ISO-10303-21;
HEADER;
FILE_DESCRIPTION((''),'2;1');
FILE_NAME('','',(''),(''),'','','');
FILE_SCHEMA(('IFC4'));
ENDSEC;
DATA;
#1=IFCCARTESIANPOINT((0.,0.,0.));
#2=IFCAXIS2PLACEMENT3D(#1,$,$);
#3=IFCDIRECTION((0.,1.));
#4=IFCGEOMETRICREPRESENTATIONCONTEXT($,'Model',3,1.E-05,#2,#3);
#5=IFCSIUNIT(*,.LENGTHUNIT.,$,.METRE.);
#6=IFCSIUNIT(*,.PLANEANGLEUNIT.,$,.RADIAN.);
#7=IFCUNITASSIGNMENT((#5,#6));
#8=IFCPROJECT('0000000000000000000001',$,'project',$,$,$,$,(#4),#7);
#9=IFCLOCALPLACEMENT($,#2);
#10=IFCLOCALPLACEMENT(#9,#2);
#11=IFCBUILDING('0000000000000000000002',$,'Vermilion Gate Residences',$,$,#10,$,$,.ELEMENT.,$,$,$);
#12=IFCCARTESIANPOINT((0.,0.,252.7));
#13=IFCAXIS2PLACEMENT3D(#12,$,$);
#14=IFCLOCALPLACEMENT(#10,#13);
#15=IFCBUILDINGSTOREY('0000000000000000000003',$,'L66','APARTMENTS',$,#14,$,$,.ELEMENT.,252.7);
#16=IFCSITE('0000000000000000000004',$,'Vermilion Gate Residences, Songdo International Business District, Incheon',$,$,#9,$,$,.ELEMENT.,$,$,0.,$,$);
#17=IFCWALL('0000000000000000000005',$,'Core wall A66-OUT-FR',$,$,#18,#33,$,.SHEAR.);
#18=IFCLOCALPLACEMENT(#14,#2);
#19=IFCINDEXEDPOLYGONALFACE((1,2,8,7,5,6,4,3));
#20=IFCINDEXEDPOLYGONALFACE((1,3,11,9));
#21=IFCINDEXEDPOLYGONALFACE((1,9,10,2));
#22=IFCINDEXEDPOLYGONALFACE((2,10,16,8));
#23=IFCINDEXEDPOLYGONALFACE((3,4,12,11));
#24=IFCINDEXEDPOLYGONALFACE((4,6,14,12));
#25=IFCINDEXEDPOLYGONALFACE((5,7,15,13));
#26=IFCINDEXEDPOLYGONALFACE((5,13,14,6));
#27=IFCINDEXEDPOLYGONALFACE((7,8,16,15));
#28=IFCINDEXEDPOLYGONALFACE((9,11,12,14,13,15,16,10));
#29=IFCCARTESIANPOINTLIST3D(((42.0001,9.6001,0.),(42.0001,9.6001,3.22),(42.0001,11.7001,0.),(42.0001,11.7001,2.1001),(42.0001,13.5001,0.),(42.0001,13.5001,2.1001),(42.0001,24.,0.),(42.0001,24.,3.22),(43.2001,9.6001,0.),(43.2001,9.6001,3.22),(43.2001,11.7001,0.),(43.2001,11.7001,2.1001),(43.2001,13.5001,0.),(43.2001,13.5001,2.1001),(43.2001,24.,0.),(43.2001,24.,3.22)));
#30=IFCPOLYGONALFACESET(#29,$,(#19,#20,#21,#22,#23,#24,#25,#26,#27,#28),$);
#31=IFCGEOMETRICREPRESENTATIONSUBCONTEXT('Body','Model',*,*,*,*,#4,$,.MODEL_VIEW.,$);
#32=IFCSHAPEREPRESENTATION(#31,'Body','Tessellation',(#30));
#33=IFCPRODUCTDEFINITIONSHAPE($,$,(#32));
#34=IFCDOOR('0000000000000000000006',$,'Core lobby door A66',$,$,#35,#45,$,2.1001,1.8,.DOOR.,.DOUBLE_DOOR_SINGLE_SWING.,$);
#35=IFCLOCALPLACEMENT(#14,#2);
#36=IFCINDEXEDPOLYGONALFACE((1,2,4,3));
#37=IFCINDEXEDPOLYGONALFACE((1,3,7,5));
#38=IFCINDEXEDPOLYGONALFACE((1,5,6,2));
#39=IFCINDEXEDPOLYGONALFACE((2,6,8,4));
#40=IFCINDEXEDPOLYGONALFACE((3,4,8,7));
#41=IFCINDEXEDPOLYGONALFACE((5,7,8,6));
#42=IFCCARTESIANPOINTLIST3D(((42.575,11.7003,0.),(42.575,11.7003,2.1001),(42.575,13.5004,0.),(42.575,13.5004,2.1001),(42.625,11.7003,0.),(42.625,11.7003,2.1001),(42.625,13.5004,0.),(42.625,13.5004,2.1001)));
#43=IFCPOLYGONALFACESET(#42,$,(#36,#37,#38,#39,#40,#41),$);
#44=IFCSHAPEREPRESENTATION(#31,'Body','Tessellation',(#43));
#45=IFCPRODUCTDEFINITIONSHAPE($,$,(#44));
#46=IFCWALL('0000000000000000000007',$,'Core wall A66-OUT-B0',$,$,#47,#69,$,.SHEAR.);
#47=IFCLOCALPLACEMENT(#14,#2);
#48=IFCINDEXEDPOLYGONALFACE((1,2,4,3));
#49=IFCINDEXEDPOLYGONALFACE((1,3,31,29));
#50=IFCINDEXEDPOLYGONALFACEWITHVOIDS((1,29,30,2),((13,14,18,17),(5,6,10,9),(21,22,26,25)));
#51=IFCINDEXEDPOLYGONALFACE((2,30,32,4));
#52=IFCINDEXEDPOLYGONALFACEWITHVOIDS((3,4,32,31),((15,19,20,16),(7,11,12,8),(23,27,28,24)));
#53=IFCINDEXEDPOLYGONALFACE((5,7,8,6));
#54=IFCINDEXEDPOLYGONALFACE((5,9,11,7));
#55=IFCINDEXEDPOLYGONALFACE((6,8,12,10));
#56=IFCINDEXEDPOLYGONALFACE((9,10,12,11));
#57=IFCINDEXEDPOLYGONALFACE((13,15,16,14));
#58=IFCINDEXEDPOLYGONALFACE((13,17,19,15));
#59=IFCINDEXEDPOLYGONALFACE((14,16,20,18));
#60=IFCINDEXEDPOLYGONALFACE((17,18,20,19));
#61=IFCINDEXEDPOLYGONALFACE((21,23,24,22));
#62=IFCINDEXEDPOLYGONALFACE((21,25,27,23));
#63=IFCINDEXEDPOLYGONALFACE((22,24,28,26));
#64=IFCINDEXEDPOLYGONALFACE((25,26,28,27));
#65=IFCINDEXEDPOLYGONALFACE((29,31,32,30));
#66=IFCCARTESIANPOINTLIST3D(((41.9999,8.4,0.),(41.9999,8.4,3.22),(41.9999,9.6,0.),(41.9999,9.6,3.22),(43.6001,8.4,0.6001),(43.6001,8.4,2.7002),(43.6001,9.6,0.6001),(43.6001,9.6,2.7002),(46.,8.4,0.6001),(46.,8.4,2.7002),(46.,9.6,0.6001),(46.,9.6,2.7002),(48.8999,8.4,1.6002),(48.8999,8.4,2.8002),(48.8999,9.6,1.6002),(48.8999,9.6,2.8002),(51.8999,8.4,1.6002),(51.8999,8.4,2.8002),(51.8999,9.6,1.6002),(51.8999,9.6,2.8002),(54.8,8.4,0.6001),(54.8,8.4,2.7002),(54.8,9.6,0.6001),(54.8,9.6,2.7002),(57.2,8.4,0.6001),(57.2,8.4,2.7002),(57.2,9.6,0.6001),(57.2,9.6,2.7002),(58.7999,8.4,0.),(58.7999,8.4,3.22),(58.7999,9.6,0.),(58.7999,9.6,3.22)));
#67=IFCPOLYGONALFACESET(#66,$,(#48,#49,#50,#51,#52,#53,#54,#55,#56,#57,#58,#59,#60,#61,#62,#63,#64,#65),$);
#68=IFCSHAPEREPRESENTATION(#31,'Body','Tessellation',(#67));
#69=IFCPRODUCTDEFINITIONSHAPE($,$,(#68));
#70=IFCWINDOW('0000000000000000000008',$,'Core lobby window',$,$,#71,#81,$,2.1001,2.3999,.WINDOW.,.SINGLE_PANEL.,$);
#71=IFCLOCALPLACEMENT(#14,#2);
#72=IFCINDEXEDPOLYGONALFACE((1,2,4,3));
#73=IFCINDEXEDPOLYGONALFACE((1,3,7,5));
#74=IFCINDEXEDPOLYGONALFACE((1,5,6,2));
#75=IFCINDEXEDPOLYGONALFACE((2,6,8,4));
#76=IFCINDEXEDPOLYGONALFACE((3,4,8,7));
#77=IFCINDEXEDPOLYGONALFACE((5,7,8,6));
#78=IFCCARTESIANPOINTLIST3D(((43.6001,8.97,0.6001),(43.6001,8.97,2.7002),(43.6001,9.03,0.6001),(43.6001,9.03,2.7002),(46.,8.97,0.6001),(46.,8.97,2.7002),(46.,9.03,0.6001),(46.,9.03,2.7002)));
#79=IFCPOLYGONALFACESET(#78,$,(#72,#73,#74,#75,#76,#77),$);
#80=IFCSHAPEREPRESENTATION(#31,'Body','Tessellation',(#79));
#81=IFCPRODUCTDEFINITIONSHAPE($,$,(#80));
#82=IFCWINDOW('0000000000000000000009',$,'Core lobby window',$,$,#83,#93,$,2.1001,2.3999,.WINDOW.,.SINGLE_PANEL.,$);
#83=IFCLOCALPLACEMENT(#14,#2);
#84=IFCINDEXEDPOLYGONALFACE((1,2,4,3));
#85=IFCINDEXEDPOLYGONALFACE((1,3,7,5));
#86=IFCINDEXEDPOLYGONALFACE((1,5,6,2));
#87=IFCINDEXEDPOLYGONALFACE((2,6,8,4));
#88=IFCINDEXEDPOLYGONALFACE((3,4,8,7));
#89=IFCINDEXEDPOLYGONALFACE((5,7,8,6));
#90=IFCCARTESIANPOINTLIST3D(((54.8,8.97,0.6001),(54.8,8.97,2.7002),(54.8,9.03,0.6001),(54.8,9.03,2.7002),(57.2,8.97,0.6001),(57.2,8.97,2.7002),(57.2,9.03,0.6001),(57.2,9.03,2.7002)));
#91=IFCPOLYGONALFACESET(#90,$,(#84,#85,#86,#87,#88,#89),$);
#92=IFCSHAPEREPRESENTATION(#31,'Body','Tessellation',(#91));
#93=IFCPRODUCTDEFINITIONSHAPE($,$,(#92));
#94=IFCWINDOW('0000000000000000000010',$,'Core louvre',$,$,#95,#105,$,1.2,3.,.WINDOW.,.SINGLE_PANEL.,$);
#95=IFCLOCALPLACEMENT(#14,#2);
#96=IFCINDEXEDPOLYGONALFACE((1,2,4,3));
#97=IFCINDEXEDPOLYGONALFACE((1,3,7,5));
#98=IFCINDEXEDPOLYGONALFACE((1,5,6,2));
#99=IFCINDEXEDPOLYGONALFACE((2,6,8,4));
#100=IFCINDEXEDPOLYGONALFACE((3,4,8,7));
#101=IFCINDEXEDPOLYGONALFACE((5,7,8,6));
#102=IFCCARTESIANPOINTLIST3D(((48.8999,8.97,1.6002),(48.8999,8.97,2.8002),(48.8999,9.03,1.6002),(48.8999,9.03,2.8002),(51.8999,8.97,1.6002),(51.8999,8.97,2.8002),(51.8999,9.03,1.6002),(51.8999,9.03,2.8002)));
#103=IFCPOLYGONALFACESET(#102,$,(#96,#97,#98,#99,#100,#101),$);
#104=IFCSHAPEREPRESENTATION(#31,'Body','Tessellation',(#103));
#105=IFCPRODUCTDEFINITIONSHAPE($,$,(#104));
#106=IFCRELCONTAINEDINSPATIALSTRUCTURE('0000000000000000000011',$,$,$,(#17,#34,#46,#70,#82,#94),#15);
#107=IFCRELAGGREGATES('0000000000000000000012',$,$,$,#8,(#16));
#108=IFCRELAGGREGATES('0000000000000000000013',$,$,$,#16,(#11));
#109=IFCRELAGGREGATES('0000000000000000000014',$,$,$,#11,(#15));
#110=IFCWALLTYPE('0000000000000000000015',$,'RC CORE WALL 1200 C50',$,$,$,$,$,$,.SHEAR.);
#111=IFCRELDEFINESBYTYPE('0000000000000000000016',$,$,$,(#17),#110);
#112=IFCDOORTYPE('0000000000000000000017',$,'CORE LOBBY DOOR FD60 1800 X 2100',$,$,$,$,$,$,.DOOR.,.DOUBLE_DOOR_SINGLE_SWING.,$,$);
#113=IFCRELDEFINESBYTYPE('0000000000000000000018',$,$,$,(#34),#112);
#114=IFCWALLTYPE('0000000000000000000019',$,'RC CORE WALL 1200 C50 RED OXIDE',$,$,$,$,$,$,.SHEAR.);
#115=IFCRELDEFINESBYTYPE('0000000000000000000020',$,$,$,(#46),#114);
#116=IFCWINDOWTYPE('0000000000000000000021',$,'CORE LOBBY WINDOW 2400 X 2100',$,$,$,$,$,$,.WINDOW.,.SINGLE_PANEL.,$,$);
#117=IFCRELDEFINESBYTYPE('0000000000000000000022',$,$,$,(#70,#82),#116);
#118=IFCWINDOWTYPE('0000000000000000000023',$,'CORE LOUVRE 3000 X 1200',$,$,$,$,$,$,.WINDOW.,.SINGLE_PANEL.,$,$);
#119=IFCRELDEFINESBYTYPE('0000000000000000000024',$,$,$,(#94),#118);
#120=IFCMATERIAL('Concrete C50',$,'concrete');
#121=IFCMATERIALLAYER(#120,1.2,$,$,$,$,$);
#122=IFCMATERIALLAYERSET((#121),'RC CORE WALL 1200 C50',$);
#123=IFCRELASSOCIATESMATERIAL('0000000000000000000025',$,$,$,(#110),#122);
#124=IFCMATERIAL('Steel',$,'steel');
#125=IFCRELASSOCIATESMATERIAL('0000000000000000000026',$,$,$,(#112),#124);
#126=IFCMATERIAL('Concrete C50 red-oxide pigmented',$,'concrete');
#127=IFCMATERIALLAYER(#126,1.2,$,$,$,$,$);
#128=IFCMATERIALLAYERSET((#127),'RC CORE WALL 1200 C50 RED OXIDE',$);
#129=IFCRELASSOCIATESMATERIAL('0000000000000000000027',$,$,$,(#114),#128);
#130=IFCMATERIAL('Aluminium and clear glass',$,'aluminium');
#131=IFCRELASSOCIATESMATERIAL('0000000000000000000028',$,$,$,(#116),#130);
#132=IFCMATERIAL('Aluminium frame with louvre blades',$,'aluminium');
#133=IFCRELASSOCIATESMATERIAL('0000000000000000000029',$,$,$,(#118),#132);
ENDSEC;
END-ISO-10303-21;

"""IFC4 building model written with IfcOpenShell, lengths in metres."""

from ifc_helpers import new_model, si_unit, direction, frame, frame_2d, origin, place, context, subcontext, project, spatial, rectangle, extrude, material, layer, layer_set, type_object, element, fill, save


model = new_model("IFC4")

# Units and contexts
model_context = context("Model", 3, precision=1e-05, world=origin(), true_north=direction((0.0, 1.0)))
body_context = subcontext(model_context, "Body", "Model", "MODEL_VIEW")
ifc_project = project(units=[si_unit("LENGTHUNIT", "METRE"), si_unit("PLANEANGLEUNIT", "RADIAN")], contexts=[model_context])

# Site, building, storey
site_placement = place(None, origin())
site = spatial("IfcSite", under=ifc_project, at=site_placement, Name="Vermilion Gate Residences, Songdo International Business District, Incheon", CompositionType="ELEMENT", RefElevation=0.0)
building_placement = place(site_placement, origin())
building = spatial("IfcBuilding", under=site, at=building_placement, Name="Vermilion Gate Residences", CompositionType="ELEMENT")
storey_placement = place(building_placement, frame((0.0, 0.0, 252.7)))
storey = spatial("IfcBuildingStorey", under=building, at=storey_placement, Name="L66", Description="APARTMENTS", CompositionType="ELEMENT", Elevation=252.7)

# Wall, opening, door
ifc_material_1 = material(Name="Concrete C50", Category="concrete")
ifc_layer_1 = layer(ifc_material_1, 1.2)
ifc_layer_set_1 = layer_set([ifc_layer_1], Name="RC CORE WALL 1200 C50")
wall_type_1 = type_object("IfcWallType", Name="RC CORE WALL 1200 C50", PredefinedType="SHEAR", material=ifc_layer_set_1)
wall_1_placement = place(storey_placement, frame((42.6001, 9.6001, 0.0), z_axis=(0.0, 0.0, 1.0), x_axis=(0.0, 1.0, 0.0)))
wall_1 = element("IfcWall", 1, at=wall_1_placement, inside=storey, type_object=wall_type_1, Name="Core wall A66-OUT-FR", PredefinedType="SHEAR", context=body_context, shape_type="SweptSolid", body=[
    extrude(rectangle(XDim=14.3999, YDim=1.2, at=frame_2d((7.2, 0.0))), origin(), (0.0, 0.0, 1.0), 3.22),
])
opening_1_placement = place(wall_1_placement, frame((2.1001, 0.0, 0.0)))
opening_1 = element("IfcOpeningElement", 2, at=opening_1_placement, cuts=wall_1, PredefinedType="OPENING", context=body_context, shape_type="SweptSolid", body=[
    extrude(rectangle(XDim=1.8, YDim=2.1001, at=frame_2d((0.8999, 1.05))), frame((0.0, 0.6099, 0.0), z_axis=(0.0, -1.0, 0.0), x_axis=(1.0, 0.0, 0.0)), (0.0, 0.0, 1.0), 1.22),
])
ifc_material_2 = material(Name="Steel", Category="steel")
door_type_1 = type_object("IfcDoorType", Name="CORE LOBBY DOOR FD60 1800 X 2100", OperationType="DOUBLE_DOOR_SINGLE_SWING", PredefinedType="DOOR", material=ifc_material_2)
door_1_placement = place(opening_1_placement, frame((1.8, 0.0, 0.0), z_axis=(0.0, 0.0, 1.0), x_axis=(-1.0, 0.0, 0.0)))
door_1 = element("IfcDoor", 3, at=door_1_placement, inside=storey, type_object=door_type_1, Name="Core lobby door A66", OperationType="DOUBLE_DOOR_SINGLE_SWING", OverallHeight=2.1001, OverallWidth=1.8, PredefinedType="DOOR", context=body_context, shape_type="SweptSolid", body=[
    extrude(rectangle(XDim=1.8, YDim=2.1001, at=frame_2d((0.8999, 1.05))), frame((0.0, 0.0249, 0.0), z_axis=(0.0, -1.0, 0.0), x_axis=(1.0, 0.0, 0.0)), (0.0, 0.0, 1.0), 0.05),
])
fill(opening_1, door_1)

# Wall, openings, windows
ifc_material_3 = material(Name="Concrete C50 red-oxide pigmented", Category="concrete")
ifc_layer_2 = layer(ifc_material_3, 1.2)
ifc_layer_set_2 = layer_set([ifc_layer_2], Name="RC CORE WALL 1200 C50 RED OXIDE")
wall_type_2 = type_object("IfcWallType", Name="RC CORE WALL 1200 C50 RED OXIDE", PredefinedType="SHEAR", material=ifc_layer_set_2)
wall_2_placement = place(storey_placement, frame((42.0, 9.0, 0.0), z_axis=(0.0, 0.0, 1.0), x_axis=(1.0, 0.0, 0.0)))
wall_2 = element("IfcWall", 4, at=wall_2_placement, inside=storey, type_object=wall_type_2, Name="Core wall A66-OUT-B0", PredefinedType="SHEAR", context=body_context, shape_type="SweptSolid", body=[
    extrude(rectangle(XDim=16.8, YDim=1.2, at=frame_2d((8.3999, 0.0))), origin(), (0.0, 0.0, 1.0), 3.22),
])
opening_2_placement = place(wall_2_placement, frame((1.6001, 0.0, 0.6001)))
opening_2 = element("IfcOpeningElement", 5, at=opening_2_placement, cuts=wall_2, PredefinedType="OPENING", context=body_context, shape_type="SweptSolid", body=[
    extrude(rectangle(XDim=2.3999, YDim=2.1001, at=frame_2d((1.2, 1.05))), frame((0.0, 0.6099, 0.0), z_axis=(0.0, -1.0, 0.0), x_axis=(1.0, 0.0, 0.0)), (0.0, 0.0, 1.0), 1.22),
])
opening_3_placement = place(wall_2_placement, frame((6.8999, 0.0, 1.6001)))
opening_3 = element("IfcOpeningElement", 6, at=opening_3_placement, cuts=wall_2, PredefinedType="OPENING", context=body_context, shape_type="SweptSolid", body=[
    extrude(rectangle(XDim=3.0, YDim=1.2, at=frame_2d((1.5, 0.6001))), frame((0.0, 0.6099, 0.0), z_axis=(0.0, -1.0, 0.0), x_axis=(1.0, 0.0, 0.0)), (0.0, 0.0, 1.0), 1.22),
])
opening_4_placement = place(wall_2_placement, frame((12.8, 0.0, 0.6001)))
opening_4 = element("IfcOpeningElement", 7, at=opening_4_placement, cuts=wall_2, PredefinedType="OPENING", context=body_context, shape_type="SweptSolid", body=[
    extrude(rectangle(XDim=2.3999, YDim=2.1001, at=frame_2d((1.2, 1.05))), frame((0.0, 0.6099, 0.0), z_axis=(0.0, -1.0, 0.0), x_axis=(1.0, 0.0, 0.0)), (0.0, 0.0, 1.0), 1.22),
])
ifc_material_4 = material(Name="Aluminium and clear glass", Category="aluminium")
window_type_1 = type_object("IfcWindowType", Name="CORE LOBBY WINDOW 2400 X 2100", PartitioningType="SINGLE_PANEL", PredefinedType="WINDOW", material=ifc_material_4)
window_1_placement = place(opening_2_placement, origin())
window_1 = element("IfcWindow", 8, at=window_1_placement, inside=storey, type_object=window_type_1, Name="Core lobby window", OverallHeight=2.1001, OverallWidth=2.3999, PartitioningType="SINGLE_PANEL", PredefinedType="WINDOW", context=body_context, shape_type="SweptSolid", body=[
    extrude(rectangle(XDim=2.3999, YDim=2.1001, at=frame_2d((1.2, 1.05))), frame((0.0, 0.03, 0.0), z_axis=(0.0, -1.0, 0.0), x_axis=(1.0, 0.0, 0.0)), (0.0, 0.0, 1.0), 0.0601),
])
fill(opening_2, window_1)
window_2_placement = place(opening_4_placement, origin())
window_2 = element("IfcWindow", 9, at=window_2_placement, inside=storey, type_object=window_type_1, Name="Core lobby window", OverallHeight=2.1001, OverallWidth=2.3999, PartitioningType="SINGLE_PANEL", PredefinedType="WINDOW", context=body_context, shape_type="SweptSolid", body=[
    extrude(rectangle(XDim=2.3999, YDim=2.1001, at=frame_2d((1.2, 1.05))), frame((0.0, 0.03, 0.0), z_axis=(0.0, -1.0, 0.0), x_axis=(1.0, 0.0, 0.0)), (0.0, 0.0, 1.0), 0.0601),
])
fill(opening_4, window_2)
ifc_material_5 = material(Name="Aluminium frame with louvre blades", Category="aluminium")
window_type_2 = type_object("IfcWindowType", Name="CORE LOUVRE 3000 X 1200", PartitioningType="SINGLE_PANEL", PredefinedType="WINDOW", material=ifc_material_5)
window_3_placement = place(opening_3_placement, origin())
window_3 = element("IfcWindow", 10, at=window_3_placement, inside=storey, type_object=window_type_2, Name="Core louvre", OverallHeight=1.2, OverallWidth=3.0, PartitioningType="SINGLE_PANEL", PredefinedType="WINDOW", context=body_context, shape_type="SweptSolid", body=[
    extrude(rectangle(XDim=3.0, YDim=1.2, at=frame_2d((1.5, 0.6001))), frame((0.0, 0.03, 0.0), z_axis=(0.0, -1.0, 0.0), x_axis=(1.0, 0.0, 0.0)), (0.0, 0.0, 1.0), 0.0601),
])
fill(opening_3, window_3)

save(model, "model.ifc")
